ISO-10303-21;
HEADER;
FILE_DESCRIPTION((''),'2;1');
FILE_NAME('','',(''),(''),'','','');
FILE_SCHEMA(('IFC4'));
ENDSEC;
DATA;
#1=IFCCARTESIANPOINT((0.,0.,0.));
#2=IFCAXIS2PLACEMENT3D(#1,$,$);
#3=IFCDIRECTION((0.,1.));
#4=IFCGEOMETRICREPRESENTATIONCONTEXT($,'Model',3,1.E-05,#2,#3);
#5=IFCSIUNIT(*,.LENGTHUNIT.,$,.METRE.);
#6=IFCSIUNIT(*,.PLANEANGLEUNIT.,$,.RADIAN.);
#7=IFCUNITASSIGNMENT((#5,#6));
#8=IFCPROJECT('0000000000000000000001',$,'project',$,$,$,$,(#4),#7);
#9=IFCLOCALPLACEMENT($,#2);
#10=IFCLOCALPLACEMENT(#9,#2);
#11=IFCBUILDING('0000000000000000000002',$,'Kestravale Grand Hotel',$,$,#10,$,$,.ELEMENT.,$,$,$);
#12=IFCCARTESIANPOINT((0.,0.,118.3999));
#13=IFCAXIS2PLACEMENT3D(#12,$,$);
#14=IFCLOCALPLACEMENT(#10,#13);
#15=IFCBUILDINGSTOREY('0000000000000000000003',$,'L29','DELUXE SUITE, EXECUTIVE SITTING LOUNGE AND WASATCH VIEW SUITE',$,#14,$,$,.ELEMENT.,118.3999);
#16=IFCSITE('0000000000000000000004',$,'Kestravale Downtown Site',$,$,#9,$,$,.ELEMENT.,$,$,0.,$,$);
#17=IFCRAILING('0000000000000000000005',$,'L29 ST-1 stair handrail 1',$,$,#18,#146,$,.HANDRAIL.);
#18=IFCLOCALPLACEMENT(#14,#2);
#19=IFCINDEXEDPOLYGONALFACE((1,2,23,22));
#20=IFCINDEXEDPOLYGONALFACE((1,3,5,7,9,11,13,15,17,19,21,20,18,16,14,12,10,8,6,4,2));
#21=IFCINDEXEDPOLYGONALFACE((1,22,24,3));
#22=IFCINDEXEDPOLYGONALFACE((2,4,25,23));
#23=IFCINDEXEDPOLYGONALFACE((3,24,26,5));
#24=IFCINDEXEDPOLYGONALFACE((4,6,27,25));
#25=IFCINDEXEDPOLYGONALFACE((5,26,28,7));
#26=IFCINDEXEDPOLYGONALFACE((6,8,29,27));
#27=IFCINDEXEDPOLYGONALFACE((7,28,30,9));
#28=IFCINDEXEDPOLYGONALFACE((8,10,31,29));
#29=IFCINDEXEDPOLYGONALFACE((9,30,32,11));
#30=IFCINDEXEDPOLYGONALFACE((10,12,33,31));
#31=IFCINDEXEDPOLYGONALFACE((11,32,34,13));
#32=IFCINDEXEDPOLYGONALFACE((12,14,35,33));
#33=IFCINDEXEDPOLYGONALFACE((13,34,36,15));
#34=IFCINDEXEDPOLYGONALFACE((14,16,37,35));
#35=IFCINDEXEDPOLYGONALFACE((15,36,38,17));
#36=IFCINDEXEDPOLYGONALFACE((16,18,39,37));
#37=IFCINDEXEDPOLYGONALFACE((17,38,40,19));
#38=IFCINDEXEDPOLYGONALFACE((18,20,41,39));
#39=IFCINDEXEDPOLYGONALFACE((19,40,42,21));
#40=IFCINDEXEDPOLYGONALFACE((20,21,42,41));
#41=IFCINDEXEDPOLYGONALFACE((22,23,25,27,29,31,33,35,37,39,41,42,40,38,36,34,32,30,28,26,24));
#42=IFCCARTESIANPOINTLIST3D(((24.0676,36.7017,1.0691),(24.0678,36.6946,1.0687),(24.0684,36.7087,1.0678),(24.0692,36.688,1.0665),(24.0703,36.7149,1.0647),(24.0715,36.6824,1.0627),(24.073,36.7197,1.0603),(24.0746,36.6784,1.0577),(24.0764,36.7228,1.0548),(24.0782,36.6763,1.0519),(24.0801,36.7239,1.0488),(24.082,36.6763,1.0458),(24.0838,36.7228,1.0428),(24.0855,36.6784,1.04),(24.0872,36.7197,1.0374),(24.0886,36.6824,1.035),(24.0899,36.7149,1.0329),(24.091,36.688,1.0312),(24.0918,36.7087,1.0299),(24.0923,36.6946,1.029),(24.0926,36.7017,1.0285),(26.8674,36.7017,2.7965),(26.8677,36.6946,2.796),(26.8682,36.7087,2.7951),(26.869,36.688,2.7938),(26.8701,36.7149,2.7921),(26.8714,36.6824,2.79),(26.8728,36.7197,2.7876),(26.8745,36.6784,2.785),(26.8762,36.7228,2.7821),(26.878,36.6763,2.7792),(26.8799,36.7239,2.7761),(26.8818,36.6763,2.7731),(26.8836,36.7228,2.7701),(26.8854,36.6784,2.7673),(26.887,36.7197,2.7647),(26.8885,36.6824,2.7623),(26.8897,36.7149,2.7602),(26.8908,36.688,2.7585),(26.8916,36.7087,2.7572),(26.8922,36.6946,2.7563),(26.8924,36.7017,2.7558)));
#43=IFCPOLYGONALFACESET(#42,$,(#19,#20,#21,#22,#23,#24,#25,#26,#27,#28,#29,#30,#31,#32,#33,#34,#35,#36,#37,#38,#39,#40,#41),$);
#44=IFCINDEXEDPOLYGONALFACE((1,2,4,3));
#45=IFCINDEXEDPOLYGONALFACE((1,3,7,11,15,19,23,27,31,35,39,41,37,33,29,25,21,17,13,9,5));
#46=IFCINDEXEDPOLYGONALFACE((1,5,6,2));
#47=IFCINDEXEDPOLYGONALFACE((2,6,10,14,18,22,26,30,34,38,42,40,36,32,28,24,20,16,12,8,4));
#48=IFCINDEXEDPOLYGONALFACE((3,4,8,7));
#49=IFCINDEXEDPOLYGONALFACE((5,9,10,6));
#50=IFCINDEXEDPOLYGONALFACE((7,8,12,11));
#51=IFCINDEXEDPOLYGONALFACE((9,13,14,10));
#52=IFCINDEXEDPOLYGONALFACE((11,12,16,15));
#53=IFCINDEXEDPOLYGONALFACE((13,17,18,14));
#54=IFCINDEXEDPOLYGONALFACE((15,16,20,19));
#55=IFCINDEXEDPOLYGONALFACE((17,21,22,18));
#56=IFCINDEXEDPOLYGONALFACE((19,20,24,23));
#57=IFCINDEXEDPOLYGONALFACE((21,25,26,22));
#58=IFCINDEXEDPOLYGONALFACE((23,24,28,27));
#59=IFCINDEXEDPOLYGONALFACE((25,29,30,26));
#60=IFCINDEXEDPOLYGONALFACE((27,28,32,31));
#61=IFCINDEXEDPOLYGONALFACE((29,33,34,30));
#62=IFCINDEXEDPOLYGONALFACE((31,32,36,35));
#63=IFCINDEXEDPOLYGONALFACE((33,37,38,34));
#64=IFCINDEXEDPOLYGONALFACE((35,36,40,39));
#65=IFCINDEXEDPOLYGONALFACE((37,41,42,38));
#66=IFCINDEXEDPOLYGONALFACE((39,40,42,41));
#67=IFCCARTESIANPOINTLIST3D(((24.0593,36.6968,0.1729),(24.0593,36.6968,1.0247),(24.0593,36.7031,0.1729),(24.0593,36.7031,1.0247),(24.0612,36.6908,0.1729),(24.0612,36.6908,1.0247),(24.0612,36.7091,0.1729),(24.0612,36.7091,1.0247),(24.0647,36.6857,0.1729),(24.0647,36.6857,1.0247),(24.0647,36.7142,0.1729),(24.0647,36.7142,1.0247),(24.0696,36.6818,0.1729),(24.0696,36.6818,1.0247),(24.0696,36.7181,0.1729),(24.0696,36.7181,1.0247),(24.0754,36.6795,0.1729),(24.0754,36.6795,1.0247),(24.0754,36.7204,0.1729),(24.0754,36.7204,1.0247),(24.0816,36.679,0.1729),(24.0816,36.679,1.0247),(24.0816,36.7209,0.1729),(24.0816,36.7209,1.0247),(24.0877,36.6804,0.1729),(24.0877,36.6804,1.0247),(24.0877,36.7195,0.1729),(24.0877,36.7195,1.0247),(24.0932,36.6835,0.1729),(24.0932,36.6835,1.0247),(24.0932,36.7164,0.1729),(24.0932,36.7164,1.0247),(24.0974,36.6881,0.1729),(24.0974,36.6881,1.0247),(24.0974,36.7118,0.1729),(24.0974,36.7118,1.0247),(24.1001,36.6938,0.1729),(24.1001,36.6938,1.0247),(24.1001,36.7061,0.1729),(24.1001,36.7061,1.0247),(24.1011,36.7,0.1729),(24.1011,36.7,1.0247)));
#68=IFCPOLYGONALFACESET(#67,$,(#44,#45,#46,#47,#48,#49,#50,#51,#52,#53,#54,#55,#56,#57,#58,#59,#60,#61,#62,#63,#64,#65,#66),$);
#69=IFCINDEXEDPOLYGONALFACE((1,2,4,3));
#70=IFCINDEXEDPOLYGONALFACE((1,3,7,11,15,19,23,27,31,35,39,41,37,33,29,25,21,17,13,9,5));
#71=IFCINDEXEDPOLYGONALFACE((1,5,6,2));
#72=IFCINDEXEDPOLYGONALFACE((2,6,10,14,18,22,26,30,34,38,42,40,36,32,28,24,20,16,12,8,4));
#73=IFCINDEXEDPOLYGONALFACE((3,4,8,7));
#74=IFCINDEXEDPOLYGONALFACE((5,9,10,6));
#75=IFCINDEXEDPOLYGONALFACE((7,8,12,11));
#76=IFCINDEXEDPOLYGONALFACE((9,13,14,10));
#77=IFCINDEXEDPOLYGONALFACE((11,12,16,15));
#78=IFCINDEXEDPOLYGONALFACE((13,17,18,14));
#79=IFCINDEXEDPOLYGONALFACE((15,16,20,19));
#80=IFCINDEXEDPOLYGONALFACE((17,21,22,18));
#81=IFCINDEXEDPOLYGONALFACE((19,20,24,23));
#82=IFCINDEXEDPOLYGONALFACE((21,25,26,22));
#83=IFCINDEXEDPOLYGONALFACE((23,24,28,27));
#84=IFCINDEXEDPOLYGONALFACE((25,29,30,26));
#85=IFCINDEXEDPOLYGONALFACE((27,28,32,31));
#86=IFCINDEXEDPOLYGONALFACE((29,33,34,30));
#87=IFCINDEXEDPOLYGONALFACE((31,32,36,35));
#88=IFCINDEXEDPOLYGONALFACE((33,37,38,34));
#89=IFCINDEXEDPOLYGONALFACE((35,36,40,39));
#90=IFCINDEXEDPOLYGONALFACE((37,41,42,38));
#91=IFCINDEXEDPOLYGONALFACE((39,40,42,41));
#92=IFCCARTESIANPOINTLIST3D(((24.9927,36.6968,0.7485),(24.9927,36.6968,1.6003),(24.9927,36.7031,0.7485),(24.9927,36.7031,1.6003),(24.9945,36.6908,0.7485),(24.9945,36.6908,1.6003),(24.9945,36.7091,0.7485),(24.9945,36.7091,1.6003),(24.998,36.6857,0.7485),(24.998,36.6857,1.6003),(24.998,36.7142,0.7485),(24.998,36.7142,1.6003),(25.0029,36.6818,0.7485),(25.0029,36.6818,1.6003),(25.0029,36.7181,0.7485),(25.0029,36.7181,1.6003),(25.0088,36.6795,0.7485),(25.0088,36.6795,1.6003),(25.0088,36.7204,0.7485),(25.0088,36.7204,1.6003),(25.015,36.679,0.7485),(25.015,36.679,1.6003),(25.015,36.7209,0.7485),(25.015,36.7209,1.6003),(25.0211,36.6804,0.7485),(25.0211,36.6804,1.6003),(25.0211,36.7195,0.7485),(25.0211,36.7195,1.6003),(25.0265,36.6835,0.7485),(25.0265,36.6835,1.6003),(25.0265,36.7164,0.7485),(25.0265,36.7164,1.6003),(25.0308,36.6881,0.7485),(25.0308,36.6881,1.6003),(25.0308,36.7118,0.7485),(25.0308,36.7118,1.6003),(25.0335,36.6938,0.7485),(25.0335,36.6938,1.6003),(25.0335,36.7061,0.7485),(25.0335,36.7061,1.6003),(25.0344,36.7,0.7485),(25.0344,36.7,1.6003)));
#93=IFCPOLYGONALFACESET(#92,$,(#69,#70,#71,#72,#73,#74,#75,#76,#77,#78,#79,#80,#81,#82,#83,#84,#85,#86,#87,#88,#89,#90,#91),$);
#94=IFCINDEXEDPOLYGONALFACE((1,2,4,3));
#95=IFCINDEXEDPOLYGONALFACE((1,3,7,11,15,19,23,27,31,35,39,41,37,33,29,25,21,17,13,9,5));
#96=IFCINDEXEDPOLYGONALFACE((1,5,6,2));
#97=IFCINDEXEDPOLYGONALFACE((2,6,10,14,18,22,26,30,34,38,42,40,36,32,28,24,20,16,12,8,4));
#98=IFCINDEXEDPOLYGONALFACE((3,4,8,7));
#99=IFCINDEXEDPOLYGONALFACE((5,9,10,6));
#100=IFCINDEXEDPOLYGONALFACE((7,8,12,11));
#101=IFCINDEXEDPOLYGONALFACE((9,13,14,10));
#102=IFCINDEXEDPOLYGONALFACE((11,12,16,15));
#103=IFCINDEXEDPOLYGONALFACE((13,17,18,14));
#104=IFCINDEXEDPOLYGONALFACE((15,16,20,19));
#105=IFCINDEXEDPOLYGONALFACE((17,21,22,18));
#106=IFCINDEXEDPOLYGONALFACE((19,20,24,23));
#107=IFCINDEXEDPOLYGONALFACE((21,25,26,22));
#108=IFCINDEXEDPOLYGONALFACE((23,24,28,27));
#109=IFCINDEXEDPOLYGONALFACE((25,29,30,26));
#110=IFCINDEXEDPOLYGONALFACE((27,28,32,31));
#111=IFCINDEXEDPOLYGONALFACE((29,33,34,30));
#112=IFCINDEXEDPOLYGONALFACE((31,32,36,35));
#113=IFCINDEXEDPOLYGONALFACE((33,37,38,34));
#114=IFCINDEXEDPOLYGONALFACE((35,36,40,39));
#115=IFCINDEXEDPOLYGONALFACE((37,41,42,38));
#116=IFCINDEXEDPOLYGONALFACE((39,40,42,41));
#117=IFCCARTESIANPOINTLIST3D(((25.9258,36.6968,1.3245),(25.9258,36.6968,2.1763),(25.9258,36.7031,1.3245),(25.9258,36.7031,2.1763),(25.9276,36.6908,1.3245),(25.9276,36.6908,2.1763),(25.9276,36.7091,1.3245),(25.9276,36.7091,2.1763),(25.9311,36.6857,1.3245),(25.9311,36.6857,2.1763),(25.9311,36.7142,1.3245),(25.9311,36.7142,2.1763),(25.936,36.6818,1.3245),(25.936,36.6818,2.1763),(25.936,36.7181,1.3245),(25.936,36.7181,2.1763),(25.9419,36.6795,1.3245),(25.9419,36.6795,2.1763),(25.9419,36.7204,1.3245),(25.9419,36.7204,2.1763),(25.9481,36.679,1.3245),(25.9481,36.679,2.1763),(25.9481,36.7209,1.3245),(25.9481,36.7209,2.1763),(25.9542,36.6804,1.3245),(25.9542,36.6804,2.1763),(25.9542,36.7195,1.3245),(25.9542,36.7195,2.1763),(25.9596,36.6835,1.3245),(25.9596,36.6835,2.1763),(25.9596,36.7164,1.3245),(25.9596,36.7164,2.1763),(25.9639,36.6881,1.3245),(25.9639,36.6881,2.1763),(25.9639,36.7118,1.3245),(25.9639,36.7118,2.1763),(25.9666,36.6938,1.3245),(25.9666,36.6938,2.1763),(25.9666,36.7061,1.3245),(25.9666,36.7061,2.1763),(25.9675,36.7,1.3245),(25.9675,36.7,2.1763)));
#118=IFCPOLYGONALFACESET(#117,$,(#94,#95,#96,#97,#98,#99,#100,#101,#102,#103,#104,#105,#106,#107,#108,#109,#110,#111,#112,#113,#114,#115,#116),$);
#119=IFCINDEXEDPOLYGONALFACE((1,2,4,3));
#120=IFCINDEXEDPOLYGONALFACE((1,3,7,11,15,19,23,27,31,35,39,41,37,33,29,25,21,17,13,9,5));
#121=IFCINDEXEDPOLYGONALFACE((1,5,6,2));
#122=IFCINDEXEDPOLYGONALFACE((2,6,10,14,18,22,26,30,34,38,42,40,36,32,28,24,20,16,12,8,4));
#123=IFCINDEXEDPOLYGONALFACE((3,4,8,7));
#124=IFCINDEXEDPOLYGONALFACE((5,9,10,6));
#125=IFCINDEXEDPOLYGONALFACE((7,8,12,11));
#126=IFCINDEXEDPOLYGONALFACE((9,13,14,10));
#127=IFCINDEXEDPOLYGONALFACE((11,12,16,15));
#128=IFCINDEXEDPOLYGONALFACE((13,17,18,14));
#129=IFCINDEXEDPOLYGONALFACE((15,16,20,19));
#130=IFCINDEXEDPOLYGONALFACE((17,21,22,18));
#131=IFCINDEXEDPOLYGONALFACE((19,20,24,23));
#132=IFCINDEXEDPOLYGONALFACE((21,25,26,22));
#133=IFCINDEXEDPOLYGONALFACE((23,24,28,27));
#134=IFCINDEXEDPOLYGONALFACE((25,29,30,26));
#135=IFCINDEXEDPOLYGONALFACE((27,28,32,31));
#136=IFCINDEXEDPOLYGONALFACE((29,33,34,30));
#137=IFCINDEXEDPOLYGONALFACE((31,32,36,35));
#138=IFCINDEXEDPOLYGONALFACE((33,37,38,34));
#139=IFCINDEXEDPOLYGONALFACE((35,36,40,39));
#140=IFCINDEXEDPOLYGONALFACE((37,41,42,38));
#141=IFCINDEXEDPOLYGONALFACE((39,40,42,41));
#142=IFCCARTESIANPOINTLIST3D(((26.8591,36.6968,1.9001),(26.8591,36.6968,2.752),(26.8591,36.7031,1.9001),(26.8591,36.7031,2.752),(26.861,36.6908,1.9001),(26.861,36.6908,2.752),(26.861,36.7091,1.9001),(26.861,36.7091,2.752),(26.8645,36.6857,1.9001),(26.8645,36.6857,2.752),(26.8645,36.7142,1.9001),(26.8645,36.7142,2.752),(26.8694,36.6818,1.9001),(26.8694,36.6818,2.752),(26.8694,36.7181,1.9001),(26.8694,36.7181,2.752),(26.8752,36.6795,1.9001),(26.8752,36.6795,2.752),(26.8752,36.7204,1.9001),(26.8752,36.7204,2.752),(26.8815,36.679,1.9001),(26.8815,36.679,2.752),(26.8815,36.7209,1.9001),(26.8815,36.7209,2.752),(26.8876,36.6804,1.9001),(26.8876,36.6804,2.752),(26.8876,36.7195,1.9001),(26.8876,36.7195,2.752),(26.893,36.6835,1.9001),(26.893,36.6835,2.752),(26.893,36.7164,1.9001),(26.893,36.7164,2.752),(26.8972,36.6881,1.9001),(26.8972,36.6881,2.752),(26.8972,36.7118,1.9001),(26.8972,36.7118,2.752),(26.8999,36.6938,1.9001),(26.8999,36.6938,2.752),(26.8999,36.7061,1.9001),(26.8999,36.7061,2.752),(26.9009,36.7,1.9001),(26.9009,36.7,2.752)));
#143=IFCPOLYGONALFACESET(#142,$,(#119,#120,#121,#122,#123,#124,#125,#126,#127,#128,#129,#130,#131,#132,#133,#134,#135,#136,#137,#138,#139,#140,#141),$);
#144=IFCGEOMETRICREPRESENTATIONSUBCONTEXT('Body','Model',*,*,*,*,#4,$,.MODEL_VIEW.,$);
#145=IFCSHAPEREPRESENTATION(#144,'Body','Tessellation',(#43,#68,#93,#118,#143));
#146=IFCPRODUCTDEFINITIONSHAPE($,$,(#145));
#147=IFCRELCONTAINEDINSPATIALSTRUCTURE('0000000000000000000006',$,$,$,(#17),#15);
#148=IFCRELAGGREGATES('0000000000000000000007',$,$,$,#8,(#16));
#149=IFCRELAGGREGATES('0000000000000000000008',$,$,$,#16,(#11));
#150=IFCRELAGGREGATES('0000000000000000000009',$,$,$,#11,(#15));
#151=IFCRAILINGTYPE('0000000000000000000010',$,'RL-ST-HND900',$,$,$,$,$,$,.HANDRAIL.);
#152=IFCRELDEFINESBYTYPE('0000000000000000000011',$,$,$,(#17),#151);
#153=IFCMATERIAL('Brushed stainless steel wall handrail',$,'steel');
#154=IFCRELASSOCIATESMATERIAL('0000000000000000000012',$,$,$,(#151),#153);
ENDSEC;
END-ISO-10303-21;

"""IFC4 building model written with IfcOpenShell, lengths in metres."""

from ifc_helpers import new_model, si_unit, direction, frame, origin, origin_2d, place, context, subcontext, project, spatial, circle, extrude, material, type_object, element, save


model = new_model("IFC4")

# Units and contexts
model_context = context("Model", 3, precision=1e-05, world=origin(), true_north=direction((0.0, 1.0)))
body_context = subcontext(model_context, "Body", "Model", "MODEL_VIEW")
ifc_project = project(units=[si_unit("LENGTHUNIT", "METRE"), si_unit("PLANEANGLEUNIT", "RADIAN")], contexts=[model_context])

# Site, building, storey
site_placement = place(None, origin())
site = spatial("IfcSite", under=ifc_project, at=site_placement, Name="Kestravale Downtown Site", CompositionType="ELEMENT", RefElevation=0.0)
building_placement = place(site_placement, origin())
building = spatial("IfcBuilding", under=site, at=building_placement, Name="Kestravale Grand Hotel", CompositionType="ELEMENT")
storey_placement = place(building_placement, frame((0.0, 0.0, 118.3999)))
storey = spatial("IfcBuildingStorey", under=building, at=storey_placement, Name="L29", Description="DELUXE SUITE, EXECUTIVE SITTING LOUNGE AND WASATCH VIEW SUITE", CompositionType="ELEMENT", Elevation=118.3999)

# Railing
ifc_material_1 = material(Name="Brushed stainless steel wall handrail", Category="steel")
railing_type_1 = type_object("IfcRailingType", Name="RL-ST-HND900", PredefinedType="HANDRAIL", material=ifc_material_1)
railing_1_placement = place(storey_placement, frame((24.0801, 36.7, 0.1729)))
element("IfcRailing", 1, at=railing_1_placement, inside=storey, type_object=railing_type_1, Name="L29 ST-1 stair handrail 1", PredefinedType="HANDRAIL", context=body_context, shape_type="SweptSolid", body=[
    extrude(circle(Radius=0.0239, at=origin_2d()), frame((0.0, 0.0, 0.876), z_axis=(0.851069, 0.0, 0.525054), x_axis=(0.0, 1.0, 0.0)), (0.0, 0.0, 1.0), 3.2898),
    extrude(circle(Radius=0.021, at=origin_2d()), origin(), (0.0, 0.0, 1.0), 0.8518),
    extrude(circle(Radius=0.021, at=origin_2d()), frame((0.9333, 0.0, 0.5757)), (0.0, 0.0, 1.0), 0.8518),
    extrude(circle(Radius=0.021, at=origin_2d()), frame((1.8665, 0.0, 1.1516)), (0.0, 0.0, 1.0), 0.8518),
    extrude(circle(Radius=0.021, at=origin_2d()), frame((2.7998, 0.0, 1.7273)), (0.0, 0.0, 1.0), 0.8518),
])

save(model, "model.ifc")
